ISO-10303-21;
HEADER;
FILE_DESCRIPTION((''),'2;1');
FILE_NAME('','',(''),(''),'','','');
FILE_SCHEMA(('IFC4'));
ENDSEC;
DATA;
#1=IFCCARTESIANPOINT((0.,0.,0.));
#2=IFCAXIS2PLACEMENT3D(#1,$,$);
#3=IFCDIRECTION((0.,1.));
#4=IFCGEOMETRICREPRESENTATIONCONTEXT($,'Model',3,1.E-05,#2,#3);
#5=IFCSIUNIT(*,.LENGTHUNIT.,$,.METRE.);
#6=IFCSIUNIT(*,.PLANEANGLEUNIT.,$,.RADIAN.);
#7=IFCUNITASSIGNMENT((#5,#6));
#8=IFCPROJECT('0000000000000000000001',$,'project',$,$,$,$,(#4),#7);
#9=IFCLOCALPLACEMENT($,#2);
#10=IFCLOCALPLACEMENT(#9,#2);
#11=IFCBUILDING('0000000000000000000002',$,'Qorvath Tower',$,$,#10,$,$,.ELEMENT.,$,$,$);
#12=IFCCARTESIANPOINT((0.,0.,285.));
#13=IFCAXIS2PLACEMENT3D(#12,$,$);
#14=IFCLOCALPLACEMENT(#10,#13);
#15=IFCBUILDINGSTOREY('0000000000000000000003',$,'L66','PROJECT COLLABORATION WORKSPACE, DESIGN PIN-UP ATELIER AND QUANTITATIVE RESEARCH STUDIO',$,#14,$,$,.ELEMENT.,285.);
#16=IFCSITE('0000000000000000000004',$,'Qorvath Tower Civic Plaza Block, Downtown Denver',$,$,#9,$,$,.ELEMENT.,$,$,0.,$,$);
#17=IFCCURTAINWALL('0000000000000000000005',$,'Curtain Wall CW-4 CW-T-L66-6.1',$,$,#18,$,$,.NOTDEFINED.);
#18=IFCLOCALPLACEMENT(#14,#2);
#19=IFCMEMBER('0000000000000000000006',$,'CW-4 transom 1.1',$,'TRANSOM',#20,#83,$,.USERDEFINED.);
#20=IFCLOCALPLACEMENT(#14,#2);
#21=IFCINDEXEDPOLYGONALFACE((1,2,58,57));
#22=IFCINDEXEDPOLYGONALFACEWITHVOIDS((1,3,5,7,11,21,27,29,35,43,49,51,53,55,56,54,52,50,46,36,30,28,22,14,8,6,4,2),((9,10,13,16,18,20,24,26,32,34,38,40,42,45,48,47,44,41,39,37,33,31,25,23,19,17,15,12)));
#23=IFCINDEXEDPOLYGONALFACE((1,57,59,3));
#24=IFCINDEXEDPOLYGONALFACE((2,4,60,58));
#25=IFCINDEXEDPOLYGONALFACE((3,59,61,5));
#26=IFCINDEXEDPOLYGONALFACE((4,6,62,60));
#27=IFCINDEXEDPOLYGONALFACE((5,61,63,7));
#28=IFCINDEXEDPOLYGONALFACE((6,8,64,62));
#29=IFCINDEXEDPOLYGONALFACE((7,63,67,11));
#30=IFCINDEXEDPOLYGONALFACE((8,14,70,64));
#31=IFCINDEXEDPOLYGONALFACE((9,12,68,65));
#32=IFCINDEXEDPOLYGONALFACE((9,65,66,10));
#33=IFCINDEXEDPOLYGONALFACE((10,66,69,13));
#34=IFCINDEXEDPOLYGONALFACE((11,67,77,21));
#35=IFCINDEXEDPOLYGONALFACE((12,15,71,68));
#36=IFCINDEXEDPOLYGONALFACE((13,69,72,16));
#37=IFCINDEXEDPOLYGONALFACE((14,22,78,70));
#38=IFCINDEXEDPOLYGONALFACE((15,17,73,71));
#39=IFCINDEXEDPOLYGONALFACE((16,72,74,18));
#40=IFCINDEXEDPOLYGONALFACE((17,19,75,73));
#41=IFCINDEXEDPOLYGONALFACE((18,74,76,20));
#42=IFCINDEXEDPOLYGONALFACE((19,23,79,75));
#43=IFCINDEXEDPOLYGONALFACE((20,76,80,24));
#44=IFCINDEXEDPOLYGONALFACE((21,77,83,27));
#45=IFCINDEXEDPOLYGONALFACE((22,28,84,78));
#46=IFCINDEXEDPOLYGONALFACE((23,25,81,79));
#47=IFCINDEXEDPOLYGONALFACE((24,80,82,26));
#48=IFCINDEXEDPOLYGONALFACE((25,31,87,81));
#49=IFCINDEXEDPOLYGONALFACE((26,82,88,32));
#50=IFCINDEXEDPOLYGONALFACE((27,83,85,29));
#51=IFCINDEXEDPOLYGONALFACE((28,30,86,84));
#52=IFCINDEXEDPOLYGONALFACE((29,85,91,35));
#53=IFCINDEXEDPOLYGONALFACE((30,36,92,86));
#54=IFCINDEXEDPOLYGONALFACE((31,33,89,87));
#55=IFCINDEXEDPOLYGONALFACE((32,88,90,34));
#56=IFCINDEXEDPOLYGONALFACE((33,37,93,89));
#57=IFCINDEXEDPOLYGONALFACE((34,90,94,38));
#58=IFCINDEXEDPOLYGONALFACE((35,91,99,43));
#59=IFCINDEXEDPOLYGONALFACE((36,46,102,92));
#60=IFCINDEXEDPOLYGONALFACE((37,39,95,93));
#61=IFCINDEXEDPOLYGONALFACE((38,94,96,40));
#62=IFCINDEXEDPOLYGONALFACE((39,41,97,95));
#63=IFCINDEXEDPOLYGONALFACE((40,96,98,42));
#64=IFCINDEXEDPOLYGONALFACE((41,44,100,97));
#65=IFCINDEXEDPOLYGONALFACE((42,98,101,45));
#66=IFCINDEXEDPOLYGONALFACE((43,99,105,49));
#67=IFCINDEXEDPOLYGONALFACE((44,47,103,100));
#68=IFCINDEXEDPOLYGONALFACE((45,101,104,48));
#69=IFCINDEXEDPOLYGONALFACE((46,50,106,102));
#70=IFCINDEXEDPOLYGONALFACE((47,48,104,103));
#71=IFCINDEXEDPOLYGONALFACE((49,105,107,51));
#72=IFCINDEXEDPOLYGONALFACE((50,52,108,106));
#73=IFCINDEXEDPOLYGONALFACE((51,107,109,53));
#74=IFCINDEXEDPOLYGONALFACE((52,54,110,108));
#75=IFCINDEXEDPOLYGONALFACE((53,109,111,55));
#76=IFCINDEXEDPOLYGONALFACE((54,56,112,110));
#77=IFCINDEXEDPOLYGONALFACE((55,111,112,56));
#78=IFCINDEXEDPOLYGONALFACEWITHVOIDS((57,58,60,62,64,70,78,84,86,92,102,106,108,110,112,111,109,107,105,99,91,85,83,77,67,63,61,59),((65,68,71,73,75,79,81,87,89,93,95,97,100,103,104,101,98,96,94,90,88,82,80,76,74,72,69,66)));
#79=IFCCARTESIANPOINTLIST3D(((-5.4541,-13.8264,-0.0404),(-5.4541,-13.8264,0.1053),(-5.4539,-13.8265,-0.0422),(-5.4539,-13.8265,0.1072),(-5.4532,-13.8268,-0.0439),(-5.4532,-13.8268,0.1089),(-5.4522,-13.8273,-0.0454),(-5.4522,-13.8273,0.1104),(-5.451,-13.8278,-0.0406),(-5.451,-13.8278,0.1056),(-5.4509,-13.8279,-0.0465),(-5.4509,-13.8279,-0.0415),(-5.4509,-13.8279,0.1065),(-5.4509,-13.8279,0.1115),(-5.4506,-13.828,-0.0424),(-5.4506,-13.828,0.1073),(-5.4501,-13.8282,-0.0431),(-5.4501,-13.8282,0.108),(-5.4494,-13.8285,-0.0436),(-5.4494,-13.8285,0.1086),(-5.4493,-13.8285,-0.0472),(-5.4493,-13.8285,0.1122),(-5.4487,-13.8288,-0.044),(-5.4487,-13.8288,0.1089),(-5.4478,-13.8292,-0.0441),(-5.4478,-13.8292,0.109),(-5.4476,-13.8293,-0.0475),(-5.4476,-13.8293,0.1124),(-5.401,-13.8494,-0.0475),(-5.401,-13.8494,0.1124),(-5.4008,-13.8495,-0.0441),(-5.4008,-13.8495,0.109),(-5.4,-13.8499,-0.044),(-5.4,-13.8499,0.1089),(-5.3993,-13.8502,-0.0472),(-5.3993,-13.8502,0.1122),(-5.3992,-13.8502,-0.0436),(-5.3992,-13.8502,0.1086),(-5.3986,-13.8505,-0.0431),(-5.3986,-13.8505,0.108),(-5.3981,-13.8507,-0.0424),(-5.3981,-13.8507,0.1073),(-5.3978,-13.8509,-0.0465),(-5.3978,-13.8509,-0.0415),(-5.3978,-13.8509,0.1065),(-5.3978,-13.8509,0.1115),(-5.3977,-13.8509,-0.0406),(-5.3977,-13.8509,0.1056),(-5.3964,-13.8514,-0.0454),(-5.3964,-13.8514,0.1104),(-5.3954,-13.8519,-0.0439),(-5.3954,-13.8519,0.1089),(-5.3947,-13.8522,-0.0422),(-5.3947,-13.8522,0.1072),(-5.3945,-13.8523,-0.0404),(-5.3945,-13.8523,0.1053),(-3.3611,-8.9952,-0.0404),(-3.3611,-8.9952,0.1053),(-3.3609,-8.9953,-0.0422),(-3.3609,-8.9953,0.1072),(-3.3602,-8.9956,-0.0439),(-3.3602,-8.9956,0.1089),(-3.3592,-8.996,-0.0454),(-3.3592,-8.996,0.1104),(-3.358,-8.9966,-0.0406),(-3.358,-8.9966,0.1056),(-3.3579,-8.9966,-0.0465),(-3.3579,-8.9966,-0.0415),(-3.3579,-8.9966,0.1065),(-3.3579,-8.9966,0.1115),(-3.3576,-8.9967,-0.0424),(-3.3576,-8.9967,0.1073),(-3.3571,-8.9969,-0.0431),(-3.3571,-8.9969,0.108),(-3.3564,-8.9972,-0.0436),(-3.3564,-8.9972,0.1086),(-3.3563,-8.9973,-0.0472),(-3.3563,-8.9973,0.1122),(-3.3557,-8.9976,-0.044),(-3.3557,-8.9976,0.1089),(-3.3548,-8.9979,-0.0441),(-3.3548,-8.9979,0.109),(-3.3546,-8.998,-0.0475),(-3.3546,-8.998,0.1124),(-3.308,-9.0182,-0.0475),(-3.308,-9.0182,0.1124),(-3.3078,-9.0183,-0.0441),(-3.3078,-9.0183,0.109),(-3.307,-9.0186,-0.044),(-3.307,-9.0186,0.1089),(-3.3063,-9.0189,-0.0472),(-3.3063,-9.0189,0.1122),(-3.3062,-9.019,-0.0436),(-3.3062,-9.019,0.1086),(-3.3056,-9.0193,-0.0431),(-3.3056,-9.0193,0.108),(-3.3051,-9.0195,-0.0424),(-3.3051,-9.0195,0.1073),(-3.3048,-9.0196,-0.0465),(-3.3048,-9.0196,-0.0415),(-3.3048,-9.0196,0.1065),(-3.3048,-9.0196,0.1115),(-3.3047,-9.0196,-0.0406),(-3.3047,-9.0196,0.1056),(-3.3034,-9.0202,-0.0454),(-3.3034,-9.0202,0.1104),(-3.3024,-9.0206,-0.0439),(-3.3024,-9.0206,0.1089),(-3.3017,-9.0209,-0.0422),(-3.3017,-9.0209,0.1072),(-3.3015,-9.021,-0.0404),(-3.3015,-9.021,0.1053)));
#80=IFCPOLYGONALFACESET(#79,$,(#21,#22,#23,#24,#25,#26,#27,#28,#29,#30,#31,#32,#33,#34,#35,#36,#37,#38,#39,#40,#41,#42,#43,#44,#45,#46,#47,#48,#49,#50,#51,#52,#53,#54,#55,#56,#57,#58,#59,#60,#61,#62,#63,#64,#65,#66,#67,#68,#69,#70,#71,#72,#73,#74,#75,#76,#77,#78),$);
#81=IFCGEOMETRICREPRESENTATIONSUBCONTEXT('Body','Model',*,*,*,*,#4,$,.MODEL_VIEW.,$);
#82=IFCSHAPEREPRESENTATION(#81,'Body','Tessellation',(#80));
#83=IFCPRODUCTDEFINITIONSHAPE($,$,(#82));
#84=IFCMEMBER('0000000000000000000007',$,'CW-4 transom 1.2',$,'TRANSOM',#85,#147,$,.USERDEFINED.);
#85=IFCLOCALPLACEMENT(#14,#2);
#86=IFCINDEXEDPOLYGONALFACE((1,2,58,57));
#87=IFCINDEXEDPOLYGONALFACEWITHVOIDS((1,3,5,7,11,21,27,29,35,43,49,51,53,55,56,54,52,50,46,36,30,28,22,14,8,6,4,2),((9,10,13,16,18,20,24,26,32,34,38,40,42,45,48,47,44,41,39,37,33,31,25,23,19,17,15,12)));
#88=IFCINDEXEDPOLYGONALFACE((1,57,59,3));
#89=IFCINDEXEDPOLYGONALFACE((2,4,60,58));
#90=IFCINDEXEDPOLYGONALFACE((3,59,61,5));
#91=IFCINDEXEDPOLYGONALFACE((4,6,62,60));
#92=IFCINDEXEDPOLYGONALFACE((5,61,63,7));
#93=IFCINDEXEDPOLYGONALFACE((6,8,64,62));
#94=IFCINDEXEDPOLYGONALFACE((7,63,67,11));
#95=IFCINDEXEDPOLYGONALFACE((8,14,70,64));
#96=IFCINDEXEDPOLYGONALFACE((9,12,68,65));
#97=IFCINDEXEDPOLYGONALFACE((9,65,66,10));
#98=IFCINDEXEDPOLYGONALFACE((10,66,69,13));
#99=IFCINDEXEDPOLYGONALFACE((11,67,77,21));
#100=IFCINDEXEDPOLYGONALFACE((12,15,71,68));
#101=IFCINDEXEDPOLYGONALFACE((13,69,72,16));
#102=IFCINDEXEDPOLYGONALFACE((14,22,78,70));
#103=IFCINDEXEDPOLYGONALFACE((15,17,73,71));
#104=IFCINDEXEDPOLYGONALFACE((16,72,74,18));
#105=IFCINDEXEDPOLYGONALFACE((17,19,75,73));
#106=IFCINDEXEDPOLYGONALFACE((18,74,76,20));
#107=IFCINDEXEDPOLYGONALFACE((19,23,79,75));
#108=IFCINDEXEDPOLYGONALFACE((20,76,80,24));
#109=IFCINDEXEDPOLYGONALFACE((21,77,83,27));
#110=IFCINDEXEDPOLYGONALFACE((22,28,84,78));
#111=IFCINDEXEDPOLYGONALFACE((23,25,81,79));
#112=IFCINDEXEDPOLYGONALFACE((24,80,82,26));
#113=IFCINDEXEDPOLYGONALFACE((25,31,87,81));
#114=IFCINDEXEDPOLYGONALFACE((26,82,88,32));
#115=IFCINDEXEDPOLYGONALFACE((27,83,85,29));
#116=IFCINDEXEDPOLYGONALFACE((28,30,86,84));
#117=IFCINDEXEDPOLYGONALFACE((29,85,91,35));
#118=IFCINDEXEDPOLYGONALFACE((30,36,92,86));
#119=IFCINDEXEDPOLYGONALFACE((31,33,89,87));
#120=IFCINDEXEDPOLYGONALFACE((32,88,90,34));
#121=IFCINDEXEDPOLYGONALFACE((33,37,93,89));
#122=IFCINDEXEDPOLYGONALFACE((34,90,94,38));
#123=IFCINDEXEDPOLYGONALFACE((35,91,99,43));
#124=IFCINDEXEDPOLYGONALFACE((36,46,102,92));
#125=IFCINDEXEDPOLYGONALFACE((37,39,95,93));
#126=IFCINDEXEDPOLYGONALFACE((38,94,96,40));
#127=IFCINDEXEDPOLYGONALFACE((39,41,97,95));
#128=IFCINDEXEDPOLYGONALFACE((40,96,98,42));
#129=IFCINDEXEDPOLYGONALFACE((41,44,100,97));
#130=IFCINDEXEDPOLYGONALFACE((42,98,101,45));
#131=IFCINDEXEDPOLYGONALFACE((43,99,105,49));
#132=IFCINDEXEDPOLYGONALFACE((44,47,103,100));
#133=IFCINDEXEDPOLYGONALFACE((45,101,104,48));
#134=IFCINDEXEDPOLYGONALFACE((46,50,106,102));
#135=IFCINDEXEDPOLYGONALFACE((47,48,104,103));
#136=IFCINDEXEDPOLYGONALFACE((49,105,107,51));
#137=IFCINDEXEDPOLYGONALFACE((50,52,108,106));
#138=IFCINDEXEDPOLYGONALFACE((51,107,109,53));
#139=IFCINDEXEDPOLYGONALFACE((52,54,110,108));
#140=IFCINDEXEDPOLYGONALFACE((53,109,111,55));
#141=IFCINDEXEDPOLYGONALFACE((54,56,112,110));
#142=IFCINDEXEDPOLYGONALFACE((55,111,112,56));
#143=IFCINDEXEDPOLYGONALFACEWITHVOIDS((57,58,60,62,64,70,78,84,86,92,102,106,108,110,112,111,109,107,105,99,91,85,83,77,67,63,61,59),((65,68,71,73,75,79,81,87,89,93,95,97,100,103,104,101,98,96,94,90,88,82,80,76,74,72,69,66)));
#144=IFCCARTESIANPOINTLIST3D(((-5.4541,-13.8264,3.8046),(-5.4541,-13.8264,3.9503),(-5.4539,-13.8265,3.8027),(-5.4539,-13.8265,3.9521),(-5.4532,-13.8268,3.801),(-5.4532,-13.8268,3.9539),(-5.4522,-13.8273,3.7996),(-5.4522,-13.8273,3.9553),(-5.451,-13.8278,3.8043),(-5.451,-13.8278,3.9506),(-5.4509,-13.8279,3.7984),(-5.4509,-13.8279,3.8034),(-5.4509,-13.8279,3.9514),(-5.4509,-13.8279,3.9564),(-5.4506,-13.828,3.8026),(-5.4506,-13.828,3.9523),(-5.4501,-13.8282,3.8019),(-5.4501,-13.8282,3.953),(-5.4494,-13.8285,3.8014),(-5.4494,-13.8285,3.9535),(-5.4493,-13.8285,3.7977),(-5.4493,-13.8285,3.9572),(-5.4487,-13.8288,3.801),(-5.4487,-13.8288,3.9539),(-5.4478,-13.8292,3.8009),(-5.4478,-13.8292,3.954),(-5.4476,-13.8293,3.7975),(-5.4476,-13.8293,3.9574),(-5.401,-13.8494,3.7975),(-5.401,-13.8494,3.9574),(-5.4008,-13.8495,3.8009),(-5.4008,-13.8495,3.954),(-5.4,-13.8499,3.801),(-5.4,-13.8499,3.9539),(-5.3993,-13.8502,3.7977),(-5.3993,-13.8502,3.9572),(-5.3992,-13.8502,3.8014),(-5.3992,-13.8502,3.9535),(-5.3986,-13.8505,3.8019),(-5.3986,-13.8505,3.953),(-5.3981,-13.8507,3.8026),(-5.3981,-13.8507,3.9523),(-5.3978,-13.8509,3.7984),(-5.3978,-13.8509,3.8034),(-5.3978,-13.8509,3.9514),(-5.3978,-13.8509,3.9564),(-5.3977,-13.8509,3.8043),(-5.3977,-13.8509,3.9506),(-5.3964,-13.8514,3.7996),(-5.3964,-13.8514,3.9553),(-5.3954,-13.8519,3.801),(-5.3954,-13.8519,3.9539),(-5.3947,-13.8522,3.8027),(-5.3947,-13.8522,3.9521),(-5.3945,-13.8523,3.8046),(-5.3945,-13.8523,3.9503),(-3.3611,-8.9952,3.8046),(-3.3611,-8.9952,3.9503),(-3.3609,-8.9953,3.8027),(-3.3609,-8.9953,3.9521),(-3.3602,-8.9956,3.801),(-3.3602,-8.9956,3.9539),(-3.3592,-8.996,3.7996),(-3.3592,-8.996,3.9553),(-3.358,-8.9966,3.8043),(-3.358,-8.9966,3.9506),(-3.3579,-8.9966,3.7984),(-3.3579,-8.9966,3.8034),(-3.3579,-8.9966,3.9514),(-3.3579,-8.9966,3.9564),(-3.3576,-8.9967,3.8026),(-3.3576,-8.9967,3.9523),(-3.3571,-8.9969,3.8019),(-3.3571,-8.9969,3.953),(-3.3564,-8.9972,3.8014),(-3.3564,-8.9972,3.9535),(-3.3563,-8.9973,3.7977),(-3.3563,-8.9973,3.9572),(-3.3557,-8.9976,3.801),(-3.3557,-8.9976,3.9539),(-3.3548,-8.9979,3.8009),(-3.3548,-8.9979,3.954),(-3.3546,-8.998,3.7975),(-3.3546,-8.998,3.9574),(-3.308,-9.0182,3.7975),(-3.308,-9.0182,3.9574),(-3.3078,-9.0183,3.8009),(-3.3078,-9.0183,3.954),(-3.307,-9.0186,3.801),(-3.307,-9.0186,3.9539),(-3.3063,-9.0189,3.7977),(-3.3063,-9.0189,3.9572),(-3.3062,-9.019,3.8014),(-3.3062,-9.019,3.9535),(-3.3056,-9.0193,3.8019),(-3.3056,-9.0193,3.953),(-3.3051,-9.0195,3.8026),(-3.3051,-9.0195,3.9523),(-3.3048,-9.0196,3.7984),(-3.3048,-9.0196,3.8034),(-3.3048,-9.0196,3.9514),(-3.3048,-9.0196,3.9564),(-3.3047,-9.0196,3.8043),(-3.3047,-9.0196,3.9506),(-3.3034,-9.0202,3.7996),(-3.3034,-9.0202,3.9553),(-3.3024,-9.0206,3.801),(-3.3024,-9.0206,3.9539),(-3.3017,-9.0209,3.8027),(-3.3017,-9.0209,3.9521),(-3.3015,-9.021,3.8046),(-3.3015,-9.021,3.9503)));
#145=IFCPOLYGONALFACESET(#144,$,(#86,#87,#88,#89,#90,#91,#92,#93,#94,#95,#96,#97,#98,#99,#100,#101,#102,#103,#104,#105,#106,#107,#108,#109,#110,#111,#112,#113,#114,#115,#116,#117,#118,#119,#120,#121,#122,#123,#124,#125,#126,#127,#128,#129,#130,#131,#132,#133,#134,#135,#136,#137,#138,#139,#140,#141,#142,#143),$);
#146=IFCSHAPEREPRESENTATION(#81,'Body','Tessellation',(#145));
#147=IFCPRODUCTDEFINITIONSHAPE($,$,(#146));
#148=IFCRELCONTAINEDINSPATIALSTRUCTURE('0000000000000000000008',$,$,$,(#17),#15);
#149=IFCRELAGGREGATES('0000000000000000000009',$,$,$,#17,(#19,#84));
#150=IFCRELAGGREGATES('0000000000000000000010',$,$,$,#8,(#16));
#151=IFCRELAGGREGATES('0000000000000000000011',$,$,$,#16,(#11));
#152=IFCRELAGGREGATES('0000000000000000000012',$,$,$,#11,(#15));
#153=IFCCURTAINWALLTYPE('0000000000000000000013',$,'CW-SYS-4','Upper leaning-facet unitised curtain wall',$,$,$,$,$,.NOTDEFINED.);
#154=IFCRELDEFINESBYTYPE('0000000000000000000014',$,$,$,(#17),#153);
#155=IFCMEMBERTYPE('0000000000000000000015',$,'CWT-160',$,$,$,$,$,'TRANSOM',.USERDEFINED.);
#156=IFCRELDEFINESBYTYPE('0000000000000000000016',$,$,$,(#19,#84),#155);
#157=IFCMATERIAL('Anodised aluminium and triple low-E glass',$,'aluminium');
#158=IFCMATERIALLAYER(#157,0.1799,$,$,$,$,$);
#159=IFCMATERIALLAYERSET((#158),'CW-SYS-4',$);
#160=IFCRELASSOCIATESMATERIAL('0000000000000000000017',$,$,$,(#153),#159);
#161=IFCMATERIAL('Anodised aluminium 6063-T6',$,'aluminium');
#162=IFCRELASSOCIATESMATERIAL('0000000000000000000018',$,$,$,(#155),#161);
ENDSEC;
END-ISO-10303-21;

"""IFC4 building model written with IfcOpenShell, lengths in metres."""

from ifc_helpers import new_model, si_unit, direction, frame, origin, origin_2d, place, context, subcontext, project, spatial, hollow_rectangle, extrude, material, layer, layer_set, material_profile, profile_set, type_object, element, aggregate, save


model = new_model("IFC4")

# Units and contexts
model_context = context("Model", 3, precision=1e-05, world=origin(), true_north=direction((0.0, 1.0)))
body_context = subcontext(model_context, "Body", "Model", "MODEL_VIEW")
ifc_project = project(units=[si_unit("LENGTHUNIT", "METRE"), si_unit("PLANEANGLEUNIT", "RADIAN")], contexts=[model_context])

# Site, building, storey
site_placement = place(None, origin())
site = spatial("IfcSite", under=ifc_project, at=site_placement, Name="Qorvath Tower Civic Plaza Block, Downtown Denver", CompositionType="ELEMENT", RefElevation=0.0)
building_placement = place(site_placement, origin())
building = spatial("IfcBuilding", under=site, at=building_placement, Name="Qorvath Tower", CompositionType="ELEMENT")
storey_placement = place(building_placement, frame((0.0, 0.0, 285.0)))
storey = spatial("IfcBuildingStorey", under=building, at=storey_placement, Name="L66", Description="PROJECT COLLABORATION WORKSPACE, DESIGN PIN-UP ATELIER AND QUANTITATIVE RESEARCH STUDIO", CompositionType="ELEMENT", Elevation=285.0)

# Curtain wall
ifc_material_1 = material(Name="Anodised aluminium and triple low-E glass", Category="aluminium")
ifc_layer_1 = layer(ifc_material_1, 0.1799)
ifc_layer_set_1 = layer_set([ifc_layer_1], Name="CW-SYS-4")
curtain_wall_type = type_object("IfcCurtainWallType", Name="CW-SYS-4", Description="Upper leaning-facet unitised curtain wall", PredefinedType="NOTDEFINED", material=ifc_layer_set_1)
curtain_wall_1_placement = place(storey_placement, origin())
curtain_wall_1 = element("IfcCurtainWall", 1, at=curtain_wall_1_placement, inside=storey, type_object=curtain_wall_type, Name="Curtain Wall CW-4 CW-T-L66-6.1", PredefinedType="NOTDEFINED")

# Members
ifc_material_2 = material(Name="Anodised aluminium 6063-T6", Category="aluminium")
ifc_material_profile_1 = material_profile(ifc_material_2, hollow_rectangle(XDim=0.0649, YDim=0.1599, WallThickness=0.0034, InnerFilletRadius=0.0034, OuterFilletRadius=0.0071, at=origin_2d()), Name="CWT 160x65")
ifc_profile_set_1 = profile_set([ifc_material_profile_1], Name="Anodised aluminium 6063-T6")
member_type_1 = type_object("IfcMemberType", Name="CWT-160", ElementType="TRANSOM", PredefinedType="USERDEFINED", material=ifc_profile_set_1)
member_1_placement = place(storey_placement, frame((-5.4243, -13.8394, 0.0325), z_axis=(0.39752, 0.917593, 0.0), x_axis=(-0.917593, 0.39752, 0.0)))
member_1 = element("IfcMember", 2, at=member_1_placement, type_object=member_type_1, Name="CW-4 transom 1.1", ObjectType="TRANSOM", PredefinedType="USERDEFINED", context=body_context, shape_type="SweptSolid", body=[
    extrude(hollow_rectangle(XDim=0.0649, YDim=0.1599, WallThickness=0.0034, InnerFilletRadius=0.0034, OuterFilletRadius=0.0071, at=origin_2d()), origin(), (0.0, 0.0, 1.0), 5.2651),
])
member_2_placement = place(storey_placement, frame((-5.4243, -13.8394, 3.8774), z_axis=(0.39752, 0.917593, 0.0), x_axis=(-0.917593, 0.39752, 0.0)))
member_2 = element("IfcMember", 3, at=member_2_placement, type_object=member_type_1, Name="CW-4 transom 1.2", ObjectType="TRANSOM", PredefinedType="USERDEFINED", context=body_context, shape_type="SweptSolid", body=[
    extrude(hollow_rectangle(XDim=0.0649, YDim=0.1599, WallThickness=0.0034, InnerFilletRadius=0.0034, OuterFilletRadius=0.0071, at=origin_2d()), origin(), (0.0, 0.0, 1.0), 5.2651),
])

aggregate(curtain_wall_1, [member_1, member_2])

save(model, "model.ifc")
